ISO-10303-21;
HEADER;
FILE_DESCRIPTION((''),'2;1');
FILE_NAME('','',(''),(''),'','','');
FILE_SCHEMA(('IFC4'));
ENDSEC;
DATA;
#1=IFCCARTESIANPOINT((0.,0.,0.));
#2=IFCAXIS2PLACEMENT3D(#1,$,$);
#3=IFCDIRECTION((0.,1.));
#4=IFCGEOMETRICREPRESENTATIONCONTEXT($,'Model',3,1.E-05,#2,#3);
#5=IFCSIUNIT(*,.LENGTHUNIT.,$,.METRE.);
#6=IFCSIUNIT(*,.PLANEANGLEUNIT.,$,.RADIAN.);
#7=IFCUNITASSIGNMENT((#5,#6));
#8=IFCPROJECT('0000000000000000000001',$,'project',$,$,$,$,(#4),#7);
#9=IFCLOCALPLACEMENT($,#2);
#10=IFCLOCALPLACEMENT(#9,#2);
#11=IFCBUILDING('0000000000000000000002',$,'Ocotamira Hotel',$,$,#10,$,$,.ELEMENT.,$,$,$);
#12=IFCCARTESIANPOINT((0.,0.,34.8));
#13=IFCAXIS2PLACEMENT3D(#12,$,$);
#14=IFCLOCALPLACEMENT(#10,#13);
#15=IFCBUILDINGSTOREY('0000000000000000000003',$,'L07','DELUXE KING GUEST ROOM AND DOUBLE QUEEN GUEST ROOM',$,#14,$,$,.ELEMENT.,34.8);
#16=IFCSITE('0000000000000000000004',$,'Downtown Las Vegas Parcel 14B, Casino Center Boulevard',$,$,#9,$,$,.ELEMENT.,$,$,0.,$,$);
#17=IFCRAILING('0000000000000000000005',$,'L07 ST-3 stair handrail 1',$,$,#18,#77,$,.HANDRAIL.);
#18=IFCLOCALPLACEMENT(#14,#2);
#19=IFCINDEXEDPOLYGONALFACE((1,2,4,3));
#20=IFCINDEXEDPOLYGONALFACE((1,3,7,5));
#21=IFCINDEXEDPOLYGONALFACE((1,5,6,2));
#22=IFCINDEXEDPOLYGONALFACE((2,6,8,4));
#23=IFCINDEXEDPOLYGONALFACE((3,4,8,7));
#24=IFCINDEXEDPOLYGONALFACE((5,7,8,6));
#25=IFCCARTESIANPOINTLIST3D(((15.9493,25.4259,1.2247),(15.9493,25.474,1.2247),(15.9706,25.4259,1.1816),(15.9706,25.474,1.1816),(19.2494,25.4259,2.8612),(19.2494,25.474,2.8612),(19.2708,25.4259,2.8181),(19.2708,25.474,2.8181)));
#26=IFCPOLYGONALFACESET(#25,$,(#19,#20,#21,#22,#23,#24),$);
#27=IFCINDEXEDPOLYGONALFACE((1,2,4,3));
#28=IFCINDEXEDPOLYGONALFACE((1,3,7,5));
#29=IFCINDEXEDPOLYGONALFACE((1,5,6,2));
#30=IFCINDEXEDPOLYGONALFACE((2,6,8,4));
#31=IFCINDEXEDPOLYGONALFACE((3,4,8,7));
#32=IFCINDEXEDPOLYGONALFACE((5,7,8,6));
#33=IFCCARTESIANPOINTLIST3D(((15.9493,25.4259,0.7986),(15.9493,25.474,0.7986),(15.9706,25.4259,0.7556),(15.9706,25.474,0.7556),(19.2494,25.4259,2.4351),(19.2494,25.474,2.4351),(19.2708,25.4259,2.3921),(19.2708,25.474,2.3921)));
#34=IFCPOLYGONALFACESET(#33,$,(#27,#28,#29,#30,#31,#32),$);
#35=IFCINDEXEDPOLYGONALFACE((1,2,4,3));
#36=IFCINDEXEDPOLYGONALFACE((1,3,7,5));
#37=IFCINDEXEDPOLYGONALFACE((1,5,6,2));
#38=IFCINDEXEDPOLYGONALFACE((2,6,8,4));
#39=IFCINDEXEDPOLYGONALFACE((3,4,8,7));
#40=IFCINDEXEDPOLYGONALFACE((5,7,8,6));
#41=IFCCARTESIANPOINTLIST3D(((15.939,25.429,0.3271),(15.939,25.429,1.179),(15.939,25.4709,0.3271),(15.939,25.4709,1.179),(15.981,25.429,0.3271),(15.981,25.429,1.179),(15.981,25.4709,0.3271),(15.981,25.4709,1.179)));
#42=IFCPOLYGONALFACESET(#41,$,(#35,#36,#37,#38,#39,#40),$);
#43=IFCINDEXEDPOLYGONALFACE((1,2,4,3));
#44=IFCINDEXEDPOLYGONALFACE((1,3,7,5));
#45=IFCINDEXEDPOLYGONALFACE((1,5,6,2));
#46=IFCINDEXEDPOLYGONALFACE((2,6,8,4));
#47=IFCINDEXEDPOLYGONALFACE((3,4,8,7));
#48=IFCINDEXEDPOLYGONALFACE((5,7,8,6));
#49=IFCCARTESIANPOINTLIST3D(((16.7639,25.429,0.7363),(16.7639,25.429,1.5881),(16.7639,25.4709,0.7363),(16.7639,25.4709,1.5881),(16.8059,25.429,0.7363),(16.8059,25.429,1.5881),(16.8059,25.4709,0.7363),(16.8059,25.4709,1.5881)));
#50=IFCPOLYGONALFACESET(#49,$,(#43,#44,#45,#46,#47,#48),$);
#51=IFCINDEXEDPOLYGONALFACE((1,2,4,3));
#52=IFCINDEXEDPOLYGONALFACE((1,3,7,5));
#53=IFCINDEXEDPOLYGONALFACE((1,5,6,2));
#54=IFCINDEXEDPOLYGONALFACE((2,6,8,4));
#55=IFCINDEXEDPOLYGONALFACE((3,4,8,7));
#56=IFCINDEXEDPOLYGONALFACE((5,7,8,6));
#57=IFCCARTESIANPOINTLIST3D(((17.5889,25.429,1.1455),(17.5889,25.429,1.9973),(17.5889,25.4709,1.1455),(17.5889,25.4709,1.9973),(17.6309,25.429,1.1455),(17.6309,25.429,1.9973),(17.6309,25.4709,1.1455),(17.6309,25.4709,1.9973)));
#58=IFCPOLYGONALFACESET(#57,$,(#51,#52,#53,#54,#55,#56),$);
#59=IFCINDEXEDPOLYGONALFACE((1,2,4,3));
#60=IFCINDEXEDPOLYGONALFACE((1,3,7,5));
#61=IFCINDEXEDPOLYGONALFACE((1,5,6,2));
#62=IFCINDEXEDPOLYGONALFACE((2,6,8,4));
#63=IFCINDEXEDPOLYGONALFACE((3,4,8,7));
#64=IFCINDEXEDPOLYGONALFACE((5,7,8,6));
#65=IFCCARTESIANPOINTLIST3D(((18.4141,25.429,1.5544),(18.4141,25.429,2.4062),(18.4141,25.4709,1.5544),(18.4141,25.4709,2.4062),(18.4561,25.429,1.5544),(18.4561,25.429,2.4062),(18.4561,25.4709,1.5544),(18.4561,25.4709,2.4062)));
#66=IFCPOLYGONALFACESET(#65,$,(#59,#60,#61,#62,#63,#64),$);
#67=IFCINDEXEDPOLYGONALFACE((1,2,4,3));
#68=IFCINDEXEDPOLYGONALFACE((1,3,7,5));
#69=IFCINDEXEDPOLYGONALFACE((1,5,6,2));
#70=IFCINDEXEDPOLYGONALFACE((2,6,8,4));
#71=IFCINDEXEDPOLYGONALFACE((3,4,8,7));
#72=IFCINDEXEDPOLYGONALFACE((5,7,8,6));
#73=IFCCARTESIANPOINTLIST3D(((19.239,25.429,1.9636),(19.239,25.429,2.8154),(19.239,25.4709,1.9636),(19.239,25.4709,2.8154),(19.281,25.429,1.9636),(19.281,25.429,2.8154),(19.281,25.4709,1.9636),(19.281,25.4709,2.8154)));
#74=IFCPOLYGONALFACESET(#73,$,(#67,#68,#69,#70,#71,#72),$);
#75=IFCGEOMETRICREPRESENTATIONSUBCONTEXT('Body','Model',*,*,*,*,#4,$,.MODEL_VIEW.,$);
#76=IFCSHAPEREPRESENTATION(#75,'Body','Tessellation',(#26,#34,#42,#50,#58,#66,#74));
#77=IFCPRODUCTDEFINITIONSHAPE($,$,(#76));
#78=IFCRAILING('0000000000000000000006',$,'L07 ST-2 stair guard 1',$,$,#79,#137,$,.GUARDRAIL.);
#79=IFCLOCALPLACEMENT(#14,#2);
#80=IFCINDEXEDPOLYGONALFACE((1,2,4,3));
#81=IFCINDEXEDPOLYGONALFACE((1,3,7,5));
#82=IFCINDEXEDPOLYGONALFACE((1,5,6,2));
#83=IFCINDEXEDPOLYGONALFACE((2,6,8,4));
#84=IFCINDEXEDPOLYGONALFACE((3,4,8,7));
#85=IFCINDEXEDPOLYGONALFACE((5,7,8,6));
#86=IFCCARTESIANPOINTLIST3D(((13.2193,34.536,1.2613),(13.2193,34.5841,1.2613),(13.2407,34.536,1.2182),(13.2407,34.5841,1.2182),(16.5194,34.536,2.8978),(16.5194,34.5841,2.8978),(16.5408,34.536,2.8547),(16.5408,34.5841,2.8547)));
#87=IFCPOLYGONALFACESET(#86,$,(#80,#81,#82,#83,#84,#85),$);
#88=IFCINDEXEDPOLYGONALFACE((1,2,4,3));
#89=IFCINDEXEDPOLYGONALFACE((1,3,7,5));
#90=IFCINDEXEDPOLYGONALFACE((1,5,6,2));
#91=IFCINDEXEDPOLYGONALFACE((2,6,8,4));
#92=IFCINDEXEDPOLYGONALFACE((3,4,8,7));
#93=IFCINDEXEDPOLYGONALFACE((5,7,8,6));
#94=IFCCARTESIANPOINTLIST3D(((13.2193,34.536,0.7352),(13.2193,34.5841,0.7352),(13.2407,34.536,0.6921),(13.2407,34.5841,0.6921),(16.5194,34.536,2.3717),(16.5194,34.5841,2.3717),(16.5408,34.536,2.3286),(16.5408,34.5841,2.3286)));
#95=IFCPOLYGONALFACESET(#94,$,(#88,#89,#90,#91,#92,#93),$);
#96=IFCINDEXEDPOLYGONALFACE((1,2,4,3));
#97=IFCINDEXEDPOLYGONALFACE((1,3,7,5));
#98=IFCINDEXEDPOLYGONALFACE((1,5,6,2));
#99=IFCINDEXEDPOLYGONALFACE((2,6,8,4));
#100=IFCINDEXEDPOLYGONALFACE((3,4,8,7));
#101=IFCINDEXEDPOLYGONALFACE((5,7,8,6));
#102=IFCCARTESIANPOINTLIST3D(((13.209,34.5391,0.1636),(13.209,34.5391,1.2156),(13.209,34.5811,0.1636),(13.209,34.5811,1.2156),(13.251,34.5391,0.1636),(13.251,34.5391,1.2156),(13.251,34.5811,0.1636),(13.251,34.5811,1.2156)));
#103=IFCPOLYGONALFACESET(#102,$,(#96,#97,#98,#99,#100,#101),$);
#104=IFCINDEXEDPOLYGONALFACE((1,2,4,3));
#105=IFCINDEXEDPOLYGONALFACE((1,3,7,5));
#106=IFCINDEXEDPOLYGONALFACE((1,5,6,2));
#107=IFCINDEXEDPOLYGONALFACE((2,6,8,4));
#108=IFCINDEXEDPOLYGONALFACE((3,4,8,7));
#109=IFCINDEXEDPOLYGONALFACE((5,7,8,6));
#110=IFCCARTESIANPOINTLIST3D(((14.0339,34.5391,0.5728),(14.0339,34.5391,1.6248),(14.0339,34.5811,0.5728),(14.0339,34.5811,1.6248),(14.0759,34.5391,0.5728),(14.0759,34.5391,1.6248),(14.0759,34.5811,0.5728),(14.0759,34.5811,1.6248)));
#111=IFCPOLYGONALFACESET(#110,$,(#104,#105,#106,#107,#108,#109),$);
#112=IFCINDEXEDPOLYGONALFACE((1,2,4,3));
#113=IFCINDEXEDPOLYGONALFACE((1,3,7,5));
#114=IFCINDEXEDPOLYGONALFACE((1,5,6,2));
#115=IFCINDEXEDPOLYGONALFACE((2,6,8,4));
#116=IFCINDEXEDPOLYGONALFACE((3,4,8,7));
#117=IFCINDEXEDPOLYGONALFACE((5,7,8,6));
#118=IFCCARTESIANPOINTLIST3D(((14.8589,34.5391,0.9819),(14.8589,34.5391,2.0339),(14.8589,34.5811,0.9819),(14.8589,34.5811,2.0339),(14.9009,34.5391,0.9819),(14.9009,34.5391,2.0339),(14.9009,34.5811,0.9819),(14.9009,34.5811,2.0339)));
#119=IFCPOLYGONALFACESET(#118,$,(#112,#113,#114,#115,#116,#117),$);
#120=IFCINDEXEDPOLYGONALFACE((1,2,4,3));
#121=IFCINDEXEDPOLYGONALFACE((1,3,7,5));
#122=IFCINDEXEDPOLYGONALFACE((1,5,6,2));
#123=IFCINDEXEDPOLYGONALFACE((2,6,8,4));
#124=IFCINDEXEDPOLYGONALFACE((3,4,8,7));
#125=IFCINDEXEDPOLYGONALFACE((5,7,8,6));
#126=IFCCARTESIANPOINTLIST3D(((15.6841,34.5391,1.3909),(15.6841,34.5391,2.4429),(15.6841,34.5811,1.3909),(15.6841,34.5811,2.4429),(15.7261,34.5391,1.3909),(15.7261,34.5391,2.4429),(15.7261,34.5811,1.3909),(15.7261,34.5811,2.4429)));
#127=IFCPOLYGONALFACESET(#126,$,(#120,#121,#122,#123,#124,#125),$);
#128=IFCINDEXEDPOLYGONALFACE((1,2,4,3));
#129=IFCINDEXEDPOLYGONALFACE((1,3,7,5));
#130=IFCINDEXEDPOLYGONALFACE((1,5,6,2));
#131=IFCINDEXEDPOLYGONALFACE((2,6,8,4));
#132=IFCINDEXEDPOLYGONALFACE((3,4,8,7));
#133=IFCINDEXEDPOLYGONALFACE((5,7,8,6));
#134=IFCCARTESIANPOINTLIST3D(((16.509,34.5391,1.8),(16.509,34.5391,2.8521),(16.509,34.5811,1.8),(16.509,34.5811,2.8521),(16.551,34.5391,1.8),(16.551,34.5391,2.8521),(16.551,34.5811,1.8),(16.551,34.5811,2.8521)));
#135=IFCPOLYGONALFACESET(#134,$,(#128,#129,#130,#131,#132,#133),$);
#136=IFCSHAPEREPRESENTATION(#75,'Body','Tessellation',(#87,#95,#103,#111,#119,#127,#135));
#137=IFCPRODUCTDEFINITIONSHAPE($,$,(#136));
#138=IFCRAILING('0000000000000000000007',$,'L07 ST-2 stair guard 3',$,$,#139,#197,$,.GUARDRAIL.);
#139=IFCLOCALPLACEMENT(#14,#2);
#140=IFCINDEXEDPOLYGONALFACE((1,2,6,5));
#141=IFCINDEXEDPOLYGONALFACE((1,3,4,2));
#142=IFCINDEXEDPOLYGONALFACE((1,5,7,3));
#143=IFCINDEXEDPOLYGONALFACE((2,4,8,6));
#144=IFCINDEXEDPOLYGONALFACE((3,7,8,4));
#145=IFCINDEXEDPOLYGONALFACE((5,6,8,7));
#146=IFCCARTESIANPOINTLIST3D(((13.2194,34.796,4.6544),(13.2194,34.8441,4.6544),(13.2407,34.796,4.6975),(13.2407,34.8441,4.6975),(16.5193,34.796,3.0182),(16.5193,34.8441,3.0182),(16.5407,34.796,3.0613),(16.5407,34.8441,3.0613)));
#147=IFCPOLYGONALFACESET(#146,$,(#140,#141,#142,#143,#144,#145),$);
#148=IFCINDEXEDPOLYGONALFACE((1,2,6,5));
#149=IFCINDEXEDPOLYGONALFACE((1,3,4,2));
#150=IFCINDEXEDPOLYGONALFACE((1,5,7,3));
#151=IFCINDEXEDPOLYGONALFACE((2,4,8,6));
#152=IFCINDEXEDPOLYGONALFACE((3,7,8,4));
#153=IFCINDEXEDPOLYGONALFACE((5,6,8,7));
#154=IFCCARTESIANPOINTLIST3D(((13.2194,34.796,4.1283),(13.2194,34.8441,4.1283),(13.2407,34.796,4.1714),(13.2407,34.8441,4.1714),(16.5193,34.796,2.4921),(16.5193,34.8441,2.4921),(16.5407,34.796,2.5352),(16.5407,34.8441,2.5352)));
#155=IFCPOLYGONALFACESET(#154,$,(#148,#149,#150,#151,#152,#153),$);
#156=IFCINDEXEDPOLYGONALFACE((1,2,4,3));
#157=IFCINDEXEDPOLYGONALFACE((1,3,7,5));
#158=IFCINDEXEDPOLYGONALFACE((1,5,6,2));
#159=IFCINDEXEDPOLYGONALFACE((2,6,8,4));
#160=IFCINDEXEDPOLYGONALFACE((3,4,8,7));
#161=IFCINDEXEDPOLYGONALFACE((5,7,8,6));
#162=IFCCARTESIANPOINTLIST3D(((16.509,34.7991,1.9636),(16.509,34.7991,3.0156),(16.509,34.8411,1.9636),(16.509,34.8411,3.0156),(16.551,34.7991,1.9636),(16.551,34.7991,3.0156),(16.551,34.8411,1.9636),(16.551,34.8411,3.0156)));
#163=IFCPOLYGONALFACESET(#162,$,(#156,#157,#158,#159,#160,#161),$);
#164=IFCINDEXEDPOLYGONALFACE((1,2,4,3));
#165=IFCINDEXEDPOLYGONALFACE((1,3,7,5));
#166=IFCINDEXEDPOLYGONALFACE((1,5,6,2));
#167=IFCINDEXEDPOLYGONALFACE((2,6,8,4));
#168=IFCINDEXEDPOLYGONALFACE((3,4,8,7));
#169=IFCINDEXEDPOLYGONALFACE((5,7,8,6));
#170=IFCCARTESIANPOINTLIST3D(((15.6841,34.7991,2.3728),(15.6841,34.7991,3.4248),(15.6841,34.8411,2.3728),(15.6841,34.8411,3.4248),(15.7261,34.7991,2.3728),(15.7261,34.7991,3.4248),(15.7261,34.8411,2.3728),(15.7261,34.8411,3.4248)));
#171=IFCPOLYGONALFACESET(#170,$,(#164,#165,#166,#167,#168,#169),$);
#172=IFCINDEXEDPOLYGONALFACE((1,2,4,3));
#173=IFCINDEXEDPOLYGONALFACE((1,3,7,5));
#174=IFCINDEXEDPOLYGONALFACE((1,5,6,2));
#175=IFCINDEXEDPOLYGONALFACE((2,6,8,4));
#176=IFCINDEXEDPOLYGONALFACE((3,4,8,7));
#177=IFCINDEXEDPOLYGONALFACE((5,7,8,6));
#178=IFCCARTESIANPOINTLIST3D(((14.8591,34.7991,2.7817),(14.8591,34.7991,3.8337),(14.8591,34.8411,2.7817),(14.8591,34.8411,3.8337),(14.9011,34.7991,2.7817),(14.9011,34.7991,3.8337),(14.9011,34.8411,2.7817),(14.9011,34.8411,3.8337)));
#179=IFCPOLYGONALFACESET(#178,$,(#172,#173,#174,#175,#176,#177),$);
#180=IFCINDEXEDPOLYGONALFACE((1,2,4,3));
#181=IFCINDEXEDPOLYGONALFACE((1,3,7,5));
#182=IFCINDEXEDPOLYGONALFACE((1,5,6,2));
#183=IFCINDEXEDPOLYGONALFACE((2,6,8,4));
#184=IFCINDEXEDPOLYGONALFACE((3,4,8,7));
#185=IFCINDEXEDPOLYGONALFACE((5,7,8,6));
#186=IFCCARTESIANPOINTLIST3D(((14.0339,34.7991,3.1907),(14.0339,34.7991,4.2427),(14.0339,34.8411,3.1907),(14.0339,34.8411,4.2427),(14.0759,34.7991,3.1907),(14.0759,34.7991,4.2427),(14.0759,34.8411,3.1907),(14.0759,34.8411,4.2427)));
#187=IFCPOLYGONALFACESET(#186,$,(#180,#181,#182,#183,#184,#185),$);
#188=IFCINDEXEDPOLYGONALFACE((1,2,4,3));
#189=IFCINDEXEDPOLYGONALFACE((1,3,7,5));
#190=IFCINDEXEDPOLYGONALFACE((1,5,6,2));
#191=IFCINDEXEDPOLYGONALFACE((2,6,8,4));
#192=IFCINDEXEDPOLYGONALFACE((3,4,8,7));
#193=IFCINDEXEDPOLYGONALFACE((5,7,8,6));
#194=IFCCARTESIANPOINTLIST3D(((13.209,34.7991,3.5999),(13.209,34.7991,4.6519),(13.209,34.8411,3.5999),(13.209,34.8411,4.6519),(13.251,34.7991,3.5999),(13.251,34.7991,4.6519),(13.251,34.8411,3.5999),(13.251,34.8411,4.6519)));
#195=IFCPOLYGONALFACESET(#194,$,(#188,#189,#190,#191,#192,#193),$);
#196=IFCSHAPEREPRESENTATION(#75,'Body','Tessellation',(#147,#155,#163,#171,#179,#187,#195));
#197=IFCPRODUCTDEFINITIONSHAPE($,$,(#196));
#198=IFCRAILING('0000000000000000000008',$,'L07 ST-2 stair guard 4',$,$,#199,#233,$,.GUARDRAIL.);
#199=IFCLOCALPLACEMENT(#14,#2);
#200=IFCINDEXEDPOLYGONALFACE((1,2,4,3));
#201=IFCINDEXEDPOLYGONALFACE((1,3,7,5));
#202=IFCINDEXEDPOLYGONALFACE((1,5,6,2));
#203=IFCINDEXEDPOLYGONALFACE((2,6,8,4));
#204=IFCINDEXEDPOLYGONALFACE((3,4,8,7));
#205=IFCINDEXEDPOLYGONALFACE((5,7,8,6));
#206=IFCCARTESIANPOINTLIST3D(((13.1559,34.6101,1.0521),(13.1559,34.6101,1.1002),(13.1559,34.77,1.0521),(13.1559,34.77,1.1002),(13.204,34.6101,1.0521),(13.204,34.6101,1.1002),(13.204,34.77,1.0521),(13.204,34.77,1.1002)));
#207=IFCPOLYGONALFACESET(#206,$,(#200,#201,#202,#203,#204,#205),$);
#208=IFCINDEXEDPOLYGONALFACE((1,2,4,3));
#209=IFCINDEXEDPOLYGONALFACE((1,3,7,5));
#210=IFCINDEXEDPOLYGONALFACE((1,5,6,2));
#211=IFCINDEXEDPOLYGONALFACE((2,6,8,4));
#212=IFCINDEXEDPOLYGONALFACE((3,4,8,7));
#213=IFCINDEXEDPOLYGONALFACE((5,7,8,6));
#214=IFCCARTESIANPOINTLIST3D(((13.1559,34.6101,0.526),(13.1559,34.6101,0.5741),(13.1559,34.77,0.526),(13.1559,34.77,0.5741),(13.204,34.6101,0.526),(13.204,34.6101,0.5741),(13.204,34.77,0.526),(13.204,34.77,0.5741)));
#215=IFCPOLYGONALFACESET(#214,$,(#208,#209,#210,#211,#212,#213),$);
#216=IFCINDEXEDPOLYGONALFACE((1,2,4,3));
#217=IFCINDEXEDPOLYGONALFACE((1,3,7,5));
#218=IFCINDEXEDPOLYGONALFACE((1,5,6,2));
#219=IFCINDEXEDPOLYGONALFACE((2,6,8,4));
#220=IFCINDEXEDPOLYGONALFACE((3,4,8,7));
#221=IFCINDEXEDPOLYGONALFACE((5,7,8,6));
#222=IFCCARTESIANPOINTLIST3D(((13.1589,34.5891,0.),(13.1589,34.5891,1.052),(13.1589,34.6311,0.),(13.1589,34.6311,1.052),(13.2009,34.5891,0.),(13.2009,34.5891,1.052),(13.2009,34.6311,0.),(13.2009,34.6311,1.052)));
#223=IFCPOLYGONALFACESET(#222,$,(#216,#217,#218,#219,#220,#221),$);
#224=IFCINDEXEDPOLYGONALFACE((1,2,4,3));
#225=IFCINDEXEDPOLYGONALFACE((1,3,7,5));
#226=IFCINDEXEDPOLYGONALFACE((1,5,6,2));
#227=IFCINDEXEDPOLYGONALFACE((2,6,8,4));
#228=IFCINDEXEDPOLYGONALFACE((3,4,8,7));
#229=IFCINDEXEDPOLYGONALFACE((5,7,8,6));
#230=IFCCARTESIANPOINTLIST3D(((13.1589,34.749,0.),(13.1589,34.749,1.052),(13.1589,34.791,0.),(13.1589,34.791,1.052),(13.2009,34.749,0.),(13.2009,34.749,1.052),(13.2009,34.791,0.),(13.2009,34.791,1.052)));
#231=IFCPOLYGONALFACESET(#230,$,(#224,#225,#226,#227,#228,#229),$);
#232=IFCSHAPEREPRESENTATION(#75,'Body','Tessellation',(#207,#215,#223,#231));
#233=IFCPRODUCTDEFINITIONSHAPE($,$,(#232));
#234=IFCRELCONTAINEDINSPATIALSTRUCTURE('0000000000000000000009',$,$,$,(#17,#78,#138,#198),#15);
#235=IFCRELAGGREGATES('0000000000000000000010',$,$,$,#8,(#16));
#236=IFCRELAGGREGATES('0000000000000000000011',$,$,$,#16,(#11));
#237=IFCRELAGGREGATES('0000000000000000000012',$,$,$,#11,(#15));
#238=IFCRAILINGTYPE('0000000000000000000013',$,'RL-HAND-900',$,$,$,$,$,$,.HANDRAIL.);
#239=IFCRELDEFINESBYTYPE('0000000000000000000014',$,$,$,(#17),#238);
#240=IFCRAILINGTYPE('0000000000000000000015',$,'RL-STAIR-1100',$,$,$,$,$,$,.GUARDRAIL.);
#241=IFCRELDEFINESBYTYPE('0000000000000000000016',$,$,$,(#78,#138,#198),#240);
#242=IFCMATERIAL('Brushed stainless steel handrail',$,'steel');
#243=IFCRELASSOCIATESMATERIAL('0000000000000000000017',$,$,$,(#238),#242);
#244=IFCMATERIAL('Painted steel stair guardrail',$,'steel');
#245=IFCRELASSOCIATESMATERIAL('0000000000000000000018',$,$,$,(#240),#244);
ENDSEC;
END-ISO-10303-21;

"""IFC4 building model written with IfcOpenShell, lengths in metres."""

from ifc_helpers import new_model, si_unit, direction, frame, origin, origin_2d, place, context, subcontext, project, spatial, rectangle, extrude, material, type_object, element, save


model = new_model("IFC4")

# Units and contexts
model_context = context("Model", 3, precision=1e-05, world=origin(), true_north=direction((0.0, 1.0)))
body_context = subcontext(model_context, "Body", "Model", "MODEL_VIEW")
ifc_project = project(units=[si_unit("LENGTHUNIT", "METRE"), si_unit("PLANEANGLEUNIT", "RADIAN")], contexts=[model_context])

# Site, building, storey
site_placement = place(None, origin())
site = spatial("IfcSite", under=ifc_project, at=site_placement, Name="Downtown Las Vegas Parcel 14B, Casino Center Boulevard", CompositionType="ELEMENT", RefElevation=0.0)
building_placement = place(site_placement, origin())
building = spatial("IfcBuilding", under=site, at=building_placement, Name="Ocotamira Hotel", CompositionType="ELEMENT")
storey_placement = place(building_placement, frame((0.0, 0.0, 34.8)))
storey = spatial("IfcBuildingStorey", under=building, at=storey_placement, Name="L07", Description="DELUXE KING GUEST ROOM AND DOUBLE QUEEN GUEST ROOM", CompositionType="ELEMENT", Elevation=34.8)

# Railings
ifc_material_1 = material(Name="Brushed stainless steel handrail", Category="steel")
railing_type_1 = type_object("IfcRailingType", Name="RL-HAND-900", PredefinedType="HANDRAIL", material=ifc_material_1)
railing_1_placement = place(storey_placement, frame((15.96, 25.45, 0.3271)))
element("IfcRailing", 1, at=railing_1_placement, inside=storey, type_object=railing_type_1, Name="L07 ST-3 stair handrail 1", PredefinedType="HANDRAIL", context=body_context, shape_type="SweptSolid", body=[
    extrude(rectangle(XDim=0.0481, YDim=0.0481, at=origin_2d()), frame((0.0, 0.0, 0.876), z_axis=(0.895894, 0.0, 0.444268), x_axis=(0.0, 1.0, 0.0)), (0.0, 0.0, 1.0), 3.6836),
    extrude(rectangle(XDim=0.0481, YDim=0.0481, at=origin_2d()), frame((0.0, 0.0, 0.45), z_axis=(0.895894, 0.0, 0.444268), x_axis=(0.0, 1.0, 0.0)), (0.0, 0.0, 1.0), 3.6836),
    extrude(rectangle(XDim=0.042, YDim=0.042, at=origin_2d()), origin(), (0.0, 0.0, 1.0), 0.8518),
    extrude(rectangle(XDim=0.042, YDim=0.042, at=origin_2d()), frame((0.825, 0.0, 0.4092)), (0.0, 0.0, 1.0), 0.8518),
    extrude(rectangle(XDim=0.042, YDim=0.042, at=origin_2d()), frame((1.6499, 0.0, 0.8184)), (0.0, 0.0, 1.0), 0.8518),
    extrude(rectangle(XDim=0.042, YDim=0.042, at=origin_2d()), frame((2.4751, 0.0, 1.2273)), (0.0, 0.0, 1.0), 0.8518),
    extrude(rectangle(XDim=0.042, YDim=0.042, at=origin_2d()), frame((3.3, 0.0, 1.6365)), (0.0, 0.0, 1.0), 0.8518),
])
ifc_material_2 = material(Name="Painted steel stair guardrail", Category="steel")
railing_type_2 = type_object("IfcRailingType", Name="RL-STAIR-1100", PredefinedType="GUARDRAIL", material=ifc_material_2)
railing_2_placement = place(storey_placement, frame((13.23, 34.5601, 0.1636)))
element("IfcRailing", 2, at=railing_2_placement, inside=storey, type_object=railing_type_2, Name="L07 ST-2 stair guard 1", PredefinedType="GUARDRAIL", context=body_context, shape_type="SweptSolid", body=[
    extrude(rectangle(XDim=0.0481, YDim=0.0481, at=origin_2d()), frame((0.0, 0.0, 1.0762), z_axis=(0.895894, 0.0, 0.444268), x_axis=(0.0, 1.0, 0.0)), (0.0, 0.0, 1.0), 3.6836),
    extrude(rectangle(XDim=0.0481, YDim=0.0481, at=origin_2d()), frame((0.0, 0.0, 0.55), z_axis=(0.895894, 0.0, 0.444268), x_axis=(0.0, 1.0, 0.0)), (0.0, 0.0, 1.0), 3.6836),
    extrude(rectangle(XDim=0.042, YDim=0.042, at=origin_2d()), origin(), (0.0, 0.0, 1.0), 1.052),
    extrude(rectangle(XDim=0.042, YDim=0.042, at=origin_2d()), frame((0.825, 0.0, 0.4092)), (0.0, 0.0, 1.0), 1.052),
    extrude(rectangle(XDim=0.042, YDim=0.042, at=origin_2d()), frame((1.6499, 0.0, 0.8184)), (0.0, 0.0, 1.0), 1.052),
    extrude(rectangle(XDim=0.042, YDim=0.042, at=origin_2d()), frame((2.4751, 0.0, 1.2273)), (0.0, 0.0, 1.0), 1.052),
    extrude(rectangle(XDim=0.042, YDim=0.042, at=origin_2d()), frame((3.3, 0.0, 1.6365)), (0.0, 0.0, 1.0), 1.052),
])
railing_3_placement = place(storey_placement, frame((16.53, 34.8201, 1.9636)))
element("IfcRailing", 3, at=railing_3_placement, inside=storey, type_object=railing_type_2, Name="L07 ST-2 stair guard 3", PredefinedType="GUARDRAIL", context=body_context, shape_type="SweptSolid", body=[
    extrude(rectangle(XDim=0.0481, YDim=0.0481, at=origin_2d()), frame((0.0, 0.0, 1.0762), z_axis=(-0.89592, 0.0, 0.444215), x_axis=(0.0, -1.0, 0.0)), (0.0, 0.0, 1.0), 3.6833),
    extrude(rectangle(XDim=0.0481, YDim=0.0481, at=origin_2d()), frame((0.0, 0.0, 0.55), z_axis=(-0.89592, 0.0, 0.444215), x_axis=(0.0, -1.0, 0.0)), (0.0, 0.0, 1.0), 3.6833),
    extrude(rectangle(XDim=0.042, YDim=0.042, at=origin_2d()), origin(), (0.0, 0.0, 1.0), 1.052),
    extrude(rectangle(XDim=0.042, YDim=0.042, at=origin_2d()), frame((-0.825, 0.0, 0.4092)), (0.0, 0.0, 1.0), 1.052),
    extrude(rectangle(XDim=0.042, YDim=0.042, at=origin_2d()), frame((-1.6499, 0.0, 0.8181)), (0.0, 0.0, 1.0), 1.052),
    extrude(rectangle(XDim=0.042, YDim=0.042, at=origin_2d()), frame((-2.4751, 0.0, 1.2271)), (0.0, 0.0, 1.0), 1.052),
    extrude(rectangle(XDim=0.042, YDim=0.042, at=origin_2d()), frame((-3.3, 0.0, 1.6362)), (0.0, 0.0, 1.0), 1.052),
])
railing_4_placement = place(storey_placement, frame((13.1799, 34.6101, 0.0)))
element("IfcRailing", 4, at=railing_4_placement, inside=storey, type_object=railing_type_2, Name="L07 ST-2 stair guard 4", PredefinedType="GUARDRAIL", context=body_context, shape_type="SweptSolid", body=[
    extrude(rectangle(XDim=0.0481, YDim=0.0481, at=origin_2d()), frame((0.0, 0.0, 1.0762), z_axis=(0.0, 1.0, 0.0), x_axis=(-1.0, 0.0, 0.0)), (0.0, 0.0, 1.0), 0.1599),
    extrude(rectangle(XDim=0.0481, YDim=0.0481, at=origin_2d()), frame((0.0, 0.0, 0.55), z_axis=(0.0, 1.0, 0.0), x_axis=(-1.0, 0.0, 0.0)), (0.0, 0.0, 1.0), 0.1599),
    extrude(rectangle(XDim=0.042, YDim=0.042, at=origin_2d()), origin(), (0.0, 0.0, 1.0), 1.052),
    extrude(rectangle(XDim=0.042, YDim=0.042, at=origin_2d()), frame((0.0, 0.1599, 0.0)), (0.0, 0.0, 1.0), 1.052),
])

save(model, "model.ifc")
